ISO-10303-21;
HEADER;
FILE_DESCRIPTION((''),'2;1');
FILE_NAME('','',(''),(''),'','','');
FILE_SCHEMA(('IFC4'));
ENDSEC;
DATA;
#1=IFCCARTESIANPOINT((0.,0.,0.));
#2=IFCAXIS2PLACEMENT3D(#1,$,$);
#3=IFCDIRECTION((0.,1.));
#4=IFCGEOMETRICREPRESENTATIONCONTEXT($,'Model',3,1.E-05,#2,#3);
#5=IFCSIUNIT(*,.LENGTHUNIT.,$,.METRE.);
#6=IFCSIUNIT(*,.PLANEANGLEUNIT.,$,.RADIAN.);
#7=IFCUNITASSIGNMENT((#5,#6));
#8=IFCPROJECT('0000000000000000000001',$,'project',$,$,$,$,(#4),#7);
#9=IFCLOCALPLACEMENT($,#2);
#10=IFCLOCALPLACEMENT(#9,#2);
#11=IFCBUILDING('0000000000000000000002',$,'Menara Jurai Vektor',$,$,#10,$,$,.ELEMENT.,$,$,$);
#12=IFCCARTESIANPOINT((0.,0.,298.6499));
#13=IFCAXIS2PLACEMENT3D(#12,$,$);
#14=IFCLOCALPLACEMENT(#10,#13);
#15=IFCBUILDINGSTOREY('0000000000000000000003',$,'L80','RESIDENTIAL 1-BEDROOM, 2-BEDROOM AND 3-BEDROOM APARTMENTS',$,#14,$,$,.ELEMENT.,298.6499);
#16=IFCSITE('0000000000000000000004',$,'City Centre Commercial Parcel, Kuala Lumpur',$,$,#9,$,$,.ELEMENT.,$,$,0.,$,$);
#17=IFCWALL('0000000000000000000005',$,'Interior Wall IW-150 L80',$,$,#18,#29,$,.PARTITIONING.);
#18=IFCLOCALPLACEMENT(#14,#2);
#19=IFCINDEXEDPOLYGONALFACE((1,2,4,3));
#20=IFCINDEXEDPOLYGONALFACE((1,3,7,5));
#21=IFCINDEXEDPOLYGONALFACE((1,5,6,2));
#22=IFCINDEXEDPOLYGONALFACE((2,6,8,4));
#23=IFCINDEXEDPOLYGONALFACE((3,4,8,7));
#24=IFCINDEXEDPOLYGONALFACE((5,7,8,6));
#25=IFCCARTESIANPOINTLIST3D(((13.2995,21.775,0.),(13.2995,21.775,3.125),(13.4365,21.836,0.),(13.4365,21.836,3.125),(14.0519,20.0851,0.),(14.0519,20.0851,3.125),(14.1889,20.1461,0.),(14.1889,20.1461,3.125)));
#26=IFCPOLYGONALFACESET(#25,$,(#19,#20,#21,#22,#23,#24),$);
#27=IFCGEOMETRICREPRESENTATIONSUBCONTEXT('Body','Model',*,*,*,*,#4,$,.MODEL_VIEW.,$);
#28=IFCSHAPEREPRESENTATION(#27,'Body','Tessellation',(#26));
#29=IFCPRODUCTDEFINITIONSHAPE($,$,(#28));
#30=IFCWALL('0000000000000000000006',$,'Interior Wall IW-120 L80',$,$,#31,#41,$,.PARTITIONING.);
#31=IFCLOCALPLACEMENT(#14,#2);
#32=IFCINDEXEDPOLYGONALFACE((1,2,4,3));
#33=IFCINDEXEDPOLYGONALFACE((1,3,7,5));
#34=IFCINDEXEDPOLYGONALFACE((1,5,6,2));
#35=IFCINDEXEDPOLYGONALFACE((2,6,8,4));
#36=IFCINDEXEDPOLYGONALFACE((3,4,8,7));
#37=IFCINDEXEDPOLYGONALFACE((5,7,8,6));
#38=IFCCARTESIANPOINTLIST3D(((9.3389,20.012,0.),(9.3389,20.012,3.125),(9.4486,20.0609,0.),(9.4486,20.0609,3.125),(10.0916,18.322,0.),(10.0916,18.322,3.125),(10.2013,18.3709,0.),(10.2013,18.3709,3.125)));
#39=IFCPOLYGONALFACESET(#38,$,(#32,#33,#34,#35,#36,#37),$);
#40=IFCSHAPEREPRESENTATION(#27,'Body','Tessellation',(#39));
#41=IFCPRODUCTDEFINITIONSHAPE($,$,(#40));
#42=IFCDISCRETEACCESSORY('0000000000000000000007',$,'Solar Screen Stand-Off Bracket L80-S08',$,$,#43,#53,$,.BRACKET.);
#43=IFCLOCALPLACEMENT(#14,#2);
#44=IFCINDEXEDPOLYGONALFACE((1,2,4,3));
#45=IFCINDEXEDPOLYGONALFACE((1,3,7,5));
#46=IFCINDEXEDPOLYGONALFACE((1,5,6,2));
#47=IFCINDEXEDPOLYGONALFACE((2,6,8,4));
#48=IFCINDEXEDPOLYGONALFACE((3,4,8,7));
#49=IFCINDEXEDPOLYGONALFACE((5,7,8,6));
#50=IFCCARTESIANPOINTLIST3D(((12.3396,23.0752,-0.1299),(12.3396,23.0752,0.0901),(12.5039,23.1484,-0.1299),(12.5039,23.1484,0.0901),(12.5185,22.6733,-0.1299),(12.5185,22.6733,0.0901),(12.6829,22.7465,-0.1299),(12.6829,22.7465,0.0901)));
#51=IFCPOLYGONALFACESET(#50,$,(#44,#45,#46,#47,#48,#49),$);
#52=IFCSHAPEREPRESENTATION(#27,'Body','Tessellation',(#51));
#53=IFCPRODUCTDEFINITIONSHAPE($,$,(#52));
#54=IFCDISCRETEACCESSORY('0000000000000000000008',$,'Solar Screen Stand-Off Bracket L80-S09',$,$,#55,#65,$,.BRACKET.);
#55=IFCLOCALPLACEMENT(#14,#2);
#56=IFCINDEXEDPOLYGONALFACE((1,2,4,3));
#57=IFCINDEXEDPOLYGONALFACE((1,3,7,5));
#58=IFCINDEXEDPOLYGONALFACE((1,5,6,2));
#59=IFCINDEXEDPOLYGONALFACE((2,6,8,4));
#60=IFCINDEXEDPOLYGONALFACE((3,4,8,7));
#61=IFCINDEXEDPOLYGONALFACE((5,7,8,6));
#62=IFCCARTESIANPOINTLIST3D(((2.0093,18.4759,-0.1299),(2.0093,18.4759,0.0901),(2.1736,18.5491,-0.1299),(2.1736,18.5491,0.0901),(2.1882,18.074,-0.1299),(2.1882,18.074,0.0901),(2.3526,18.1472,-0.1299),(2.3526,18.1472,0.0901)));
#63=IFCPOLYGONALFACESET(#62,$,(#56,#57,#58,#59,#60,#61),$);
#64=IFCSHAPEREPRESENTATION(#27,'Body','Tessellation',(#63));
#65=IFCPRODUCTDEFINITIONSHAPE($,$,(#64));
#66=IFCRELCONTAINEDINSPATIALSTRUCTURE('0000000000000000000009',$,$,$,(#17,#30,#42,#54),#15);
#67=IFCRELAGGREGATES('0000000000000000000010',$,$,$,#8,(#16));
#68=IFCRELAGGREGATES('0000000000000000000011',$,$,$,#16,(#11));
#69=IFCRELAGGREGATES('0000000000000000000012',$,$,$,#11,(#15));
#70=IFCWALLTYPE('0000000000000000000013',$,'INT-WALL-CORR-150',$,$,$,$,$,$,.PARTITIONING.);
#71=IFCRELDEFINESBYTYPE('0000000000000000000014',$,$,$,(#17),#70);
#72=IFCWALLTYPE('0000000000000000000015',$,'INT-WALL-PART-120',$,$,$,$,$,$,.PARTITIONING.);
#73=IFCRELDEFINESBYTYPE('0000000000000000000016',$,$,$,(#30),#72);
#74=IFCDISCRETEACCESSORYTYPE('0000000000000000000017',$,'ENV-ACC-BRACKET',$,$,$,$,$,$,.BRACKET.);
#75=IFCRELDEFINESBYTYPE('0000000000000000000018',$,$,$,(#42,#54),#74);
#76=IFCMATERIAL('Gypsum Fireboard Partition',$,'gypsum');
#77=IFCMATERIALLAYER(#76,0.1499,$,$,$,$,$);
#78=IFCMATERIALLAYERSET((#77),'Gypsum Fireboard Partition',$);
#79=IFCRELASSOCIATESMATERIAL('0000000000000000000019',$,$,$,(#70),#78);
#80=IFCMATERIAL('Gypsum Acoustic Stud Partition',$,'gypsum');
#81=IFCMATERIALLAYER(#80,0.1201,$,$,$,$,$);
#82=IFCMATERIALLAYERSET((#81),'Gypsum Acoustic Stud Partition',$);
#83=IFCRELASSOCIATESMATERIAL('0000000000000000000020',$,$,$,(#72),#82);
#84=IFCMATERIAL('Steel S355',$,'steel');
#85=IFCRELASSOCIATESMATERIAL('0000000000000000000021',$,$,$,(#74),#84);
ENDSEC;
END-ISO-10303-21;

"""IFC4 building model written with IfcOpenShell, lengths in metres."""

from ifc_helpers import new_model, si_unit, direction, frame, frame_2d, origin, origin_2d, place, context, subcontext, project, spatial, rectangle, extrude, material, layer, layer_set, type_object, element, save


model = new_model("IFC4")

# Units and contexts
model_context = context("Model", 3, precision=1e-05, world=origin(), true_north=direction((0.0, 1.0)))
body_context = subcontext(model_context, "Body", "Model", "MODEL_VIEW")
ifc_project = project(units=[si_unit("LENGTHUNIT", "METRE"), si_unit("PLANEANGLEUNIT", "RADIAN")], contexts=[model_context])

# Site, building, storey
site_placement = place(None, origin())
site = spatial("IfcSite", under=ifc_project, at=site_placement, Name="City Centre Commercial Parcel, Kuala Lumpur", CompositionType="ELEMENT", RefElevation=0.0)
building_placement = place(site_placement, origin())
building = spatial("IfcBuilding", under=site, at=building_placement, Name="Menara Jurai Vektor", CompositionType="ELEMENT")
storey_placement = place(building_placement, frame((0.0, 0.0, 298.6499)))
storey = spatial("IfcBuildingStorey", under=building, at=storey_placement, Name="L80", Description="RESIDENTIAL 1-BEDROOM, 2-BEDROOM AND 3-BEDROOM APARTMENTS", CompositionType="ELEMENT", Elevation=298.6499)

# Shared definitions
ifc_material_1 = material(Name="Steel S355", Category="steel")

# Shared definitions
ifc_material_2 = material(Name="Gypsum Fireboard Partition", Category="gypsum")
ifc_layer_1 = layer(ifc_material_2, 0.1499)
ifc_layer_set_1 = layer_set([ifc_layer_1], Name="Gypsum Fireboard Partition")
wall_type_1 = type_object("IfcWallType", Name="INT-WALL-CORR-150", PredefinedType="PARTITIONING", material=ifc_layer_set_1)

# Walls
wall_1_placement = place(storey_placement, frame((14.1204, 20.1157, 0.0), z_axis=(0.0, 0.0, 1.0), x_axis=(-0.406751, 0.913539, 0.0)))
element("IfcWall", 1, at=wall_1_placement, inside=storey, type_object=wall_type_1, Name="Interior Wall IW-150 L80", PredefinedType="PARTITIONING", context=body_context, shape_type="SweptSolid", body=[
    extrude(rectangle(XDim=1.8499, YDim=0.1499, at=frame_2d((0.9248, 0.0))), origin(), (0.0, 0.0, 1.0), 3.125),
])
ifc_material_3 = material(Name="Gypsum Acoustic Stud Partition", Category="gypsum")
ifc_layer_2 = layer(ifc_material_3, 0.1201)
ifc_layer_set_2 = layer_set([ifc_layer_2], Name="Gypsum Acoustic Stud Partition")
wall_type_2 = type_object("IfcWallType", Name="INT-WALL-PART-120", PredefinedType="PARTITIONING", material=ifc_layer_set_2)
wall_2_placement = place(storey_placement, frame((10.1465, 18.3464, 0.0), z_axis=(0.0, 0.0, 1.0), x_axis=(-0.406861, 0.91349, 0.0)))
element("IfcWall", 2, at=wall_2_placement, inside=storey, type_object=wall_type_2, Name="Interior Wall IW-120 L80", PredefinedType="PARTITIONING", context=body_context, shape_type="SweptSolid", body=[
    extrude(rectangle(XDim=1.8501, YDim=0.1201, at=frame_2d((0.925, 0.0))), origin(), (0.0, 0.0, 1.0), 3.125),
])

# Discrete accessories
discrete_accessory_type = type_object("IfcDiscreteAccessoryType", Name="ENV-ACC-BRACKET", PredefinedType="BRACKET", material=ifc_material_1)
for number, where, z_axis, x_axis, name in (
    (3, (12.5112, 22.9109, -0.1299), (0.0, 0.0, 1.0), (-0.913545, -0.406737, 0.0), "Solar Screen Stand-Off Bracket L80-S08"),
    (4, (2.1809, 18.3115, -0.1299), (0.0, 0.0, 1.0), (-0.913545, -0.406737, 0.0), "Solar Screen Stand-Off Bracket L80-S09"),
):
    element("IfcDiscreteAccessory", number, at=place(storey_placement, frame(where, z_axis=z_axis, x_axis=x_axis)), inside=storey, type_object=discrete_accessory_type, Name=name, PredefinedType="BRACKET", context=body_context, shape_type="SweptSolid", body=[
        extrude(rectangle(XDim=0.1799, YDim=0.4399, at=origin_2d()), origin(), (0.0, 0.0, 1.0), 0.22),
    ])

save(model, "model.ifc")
